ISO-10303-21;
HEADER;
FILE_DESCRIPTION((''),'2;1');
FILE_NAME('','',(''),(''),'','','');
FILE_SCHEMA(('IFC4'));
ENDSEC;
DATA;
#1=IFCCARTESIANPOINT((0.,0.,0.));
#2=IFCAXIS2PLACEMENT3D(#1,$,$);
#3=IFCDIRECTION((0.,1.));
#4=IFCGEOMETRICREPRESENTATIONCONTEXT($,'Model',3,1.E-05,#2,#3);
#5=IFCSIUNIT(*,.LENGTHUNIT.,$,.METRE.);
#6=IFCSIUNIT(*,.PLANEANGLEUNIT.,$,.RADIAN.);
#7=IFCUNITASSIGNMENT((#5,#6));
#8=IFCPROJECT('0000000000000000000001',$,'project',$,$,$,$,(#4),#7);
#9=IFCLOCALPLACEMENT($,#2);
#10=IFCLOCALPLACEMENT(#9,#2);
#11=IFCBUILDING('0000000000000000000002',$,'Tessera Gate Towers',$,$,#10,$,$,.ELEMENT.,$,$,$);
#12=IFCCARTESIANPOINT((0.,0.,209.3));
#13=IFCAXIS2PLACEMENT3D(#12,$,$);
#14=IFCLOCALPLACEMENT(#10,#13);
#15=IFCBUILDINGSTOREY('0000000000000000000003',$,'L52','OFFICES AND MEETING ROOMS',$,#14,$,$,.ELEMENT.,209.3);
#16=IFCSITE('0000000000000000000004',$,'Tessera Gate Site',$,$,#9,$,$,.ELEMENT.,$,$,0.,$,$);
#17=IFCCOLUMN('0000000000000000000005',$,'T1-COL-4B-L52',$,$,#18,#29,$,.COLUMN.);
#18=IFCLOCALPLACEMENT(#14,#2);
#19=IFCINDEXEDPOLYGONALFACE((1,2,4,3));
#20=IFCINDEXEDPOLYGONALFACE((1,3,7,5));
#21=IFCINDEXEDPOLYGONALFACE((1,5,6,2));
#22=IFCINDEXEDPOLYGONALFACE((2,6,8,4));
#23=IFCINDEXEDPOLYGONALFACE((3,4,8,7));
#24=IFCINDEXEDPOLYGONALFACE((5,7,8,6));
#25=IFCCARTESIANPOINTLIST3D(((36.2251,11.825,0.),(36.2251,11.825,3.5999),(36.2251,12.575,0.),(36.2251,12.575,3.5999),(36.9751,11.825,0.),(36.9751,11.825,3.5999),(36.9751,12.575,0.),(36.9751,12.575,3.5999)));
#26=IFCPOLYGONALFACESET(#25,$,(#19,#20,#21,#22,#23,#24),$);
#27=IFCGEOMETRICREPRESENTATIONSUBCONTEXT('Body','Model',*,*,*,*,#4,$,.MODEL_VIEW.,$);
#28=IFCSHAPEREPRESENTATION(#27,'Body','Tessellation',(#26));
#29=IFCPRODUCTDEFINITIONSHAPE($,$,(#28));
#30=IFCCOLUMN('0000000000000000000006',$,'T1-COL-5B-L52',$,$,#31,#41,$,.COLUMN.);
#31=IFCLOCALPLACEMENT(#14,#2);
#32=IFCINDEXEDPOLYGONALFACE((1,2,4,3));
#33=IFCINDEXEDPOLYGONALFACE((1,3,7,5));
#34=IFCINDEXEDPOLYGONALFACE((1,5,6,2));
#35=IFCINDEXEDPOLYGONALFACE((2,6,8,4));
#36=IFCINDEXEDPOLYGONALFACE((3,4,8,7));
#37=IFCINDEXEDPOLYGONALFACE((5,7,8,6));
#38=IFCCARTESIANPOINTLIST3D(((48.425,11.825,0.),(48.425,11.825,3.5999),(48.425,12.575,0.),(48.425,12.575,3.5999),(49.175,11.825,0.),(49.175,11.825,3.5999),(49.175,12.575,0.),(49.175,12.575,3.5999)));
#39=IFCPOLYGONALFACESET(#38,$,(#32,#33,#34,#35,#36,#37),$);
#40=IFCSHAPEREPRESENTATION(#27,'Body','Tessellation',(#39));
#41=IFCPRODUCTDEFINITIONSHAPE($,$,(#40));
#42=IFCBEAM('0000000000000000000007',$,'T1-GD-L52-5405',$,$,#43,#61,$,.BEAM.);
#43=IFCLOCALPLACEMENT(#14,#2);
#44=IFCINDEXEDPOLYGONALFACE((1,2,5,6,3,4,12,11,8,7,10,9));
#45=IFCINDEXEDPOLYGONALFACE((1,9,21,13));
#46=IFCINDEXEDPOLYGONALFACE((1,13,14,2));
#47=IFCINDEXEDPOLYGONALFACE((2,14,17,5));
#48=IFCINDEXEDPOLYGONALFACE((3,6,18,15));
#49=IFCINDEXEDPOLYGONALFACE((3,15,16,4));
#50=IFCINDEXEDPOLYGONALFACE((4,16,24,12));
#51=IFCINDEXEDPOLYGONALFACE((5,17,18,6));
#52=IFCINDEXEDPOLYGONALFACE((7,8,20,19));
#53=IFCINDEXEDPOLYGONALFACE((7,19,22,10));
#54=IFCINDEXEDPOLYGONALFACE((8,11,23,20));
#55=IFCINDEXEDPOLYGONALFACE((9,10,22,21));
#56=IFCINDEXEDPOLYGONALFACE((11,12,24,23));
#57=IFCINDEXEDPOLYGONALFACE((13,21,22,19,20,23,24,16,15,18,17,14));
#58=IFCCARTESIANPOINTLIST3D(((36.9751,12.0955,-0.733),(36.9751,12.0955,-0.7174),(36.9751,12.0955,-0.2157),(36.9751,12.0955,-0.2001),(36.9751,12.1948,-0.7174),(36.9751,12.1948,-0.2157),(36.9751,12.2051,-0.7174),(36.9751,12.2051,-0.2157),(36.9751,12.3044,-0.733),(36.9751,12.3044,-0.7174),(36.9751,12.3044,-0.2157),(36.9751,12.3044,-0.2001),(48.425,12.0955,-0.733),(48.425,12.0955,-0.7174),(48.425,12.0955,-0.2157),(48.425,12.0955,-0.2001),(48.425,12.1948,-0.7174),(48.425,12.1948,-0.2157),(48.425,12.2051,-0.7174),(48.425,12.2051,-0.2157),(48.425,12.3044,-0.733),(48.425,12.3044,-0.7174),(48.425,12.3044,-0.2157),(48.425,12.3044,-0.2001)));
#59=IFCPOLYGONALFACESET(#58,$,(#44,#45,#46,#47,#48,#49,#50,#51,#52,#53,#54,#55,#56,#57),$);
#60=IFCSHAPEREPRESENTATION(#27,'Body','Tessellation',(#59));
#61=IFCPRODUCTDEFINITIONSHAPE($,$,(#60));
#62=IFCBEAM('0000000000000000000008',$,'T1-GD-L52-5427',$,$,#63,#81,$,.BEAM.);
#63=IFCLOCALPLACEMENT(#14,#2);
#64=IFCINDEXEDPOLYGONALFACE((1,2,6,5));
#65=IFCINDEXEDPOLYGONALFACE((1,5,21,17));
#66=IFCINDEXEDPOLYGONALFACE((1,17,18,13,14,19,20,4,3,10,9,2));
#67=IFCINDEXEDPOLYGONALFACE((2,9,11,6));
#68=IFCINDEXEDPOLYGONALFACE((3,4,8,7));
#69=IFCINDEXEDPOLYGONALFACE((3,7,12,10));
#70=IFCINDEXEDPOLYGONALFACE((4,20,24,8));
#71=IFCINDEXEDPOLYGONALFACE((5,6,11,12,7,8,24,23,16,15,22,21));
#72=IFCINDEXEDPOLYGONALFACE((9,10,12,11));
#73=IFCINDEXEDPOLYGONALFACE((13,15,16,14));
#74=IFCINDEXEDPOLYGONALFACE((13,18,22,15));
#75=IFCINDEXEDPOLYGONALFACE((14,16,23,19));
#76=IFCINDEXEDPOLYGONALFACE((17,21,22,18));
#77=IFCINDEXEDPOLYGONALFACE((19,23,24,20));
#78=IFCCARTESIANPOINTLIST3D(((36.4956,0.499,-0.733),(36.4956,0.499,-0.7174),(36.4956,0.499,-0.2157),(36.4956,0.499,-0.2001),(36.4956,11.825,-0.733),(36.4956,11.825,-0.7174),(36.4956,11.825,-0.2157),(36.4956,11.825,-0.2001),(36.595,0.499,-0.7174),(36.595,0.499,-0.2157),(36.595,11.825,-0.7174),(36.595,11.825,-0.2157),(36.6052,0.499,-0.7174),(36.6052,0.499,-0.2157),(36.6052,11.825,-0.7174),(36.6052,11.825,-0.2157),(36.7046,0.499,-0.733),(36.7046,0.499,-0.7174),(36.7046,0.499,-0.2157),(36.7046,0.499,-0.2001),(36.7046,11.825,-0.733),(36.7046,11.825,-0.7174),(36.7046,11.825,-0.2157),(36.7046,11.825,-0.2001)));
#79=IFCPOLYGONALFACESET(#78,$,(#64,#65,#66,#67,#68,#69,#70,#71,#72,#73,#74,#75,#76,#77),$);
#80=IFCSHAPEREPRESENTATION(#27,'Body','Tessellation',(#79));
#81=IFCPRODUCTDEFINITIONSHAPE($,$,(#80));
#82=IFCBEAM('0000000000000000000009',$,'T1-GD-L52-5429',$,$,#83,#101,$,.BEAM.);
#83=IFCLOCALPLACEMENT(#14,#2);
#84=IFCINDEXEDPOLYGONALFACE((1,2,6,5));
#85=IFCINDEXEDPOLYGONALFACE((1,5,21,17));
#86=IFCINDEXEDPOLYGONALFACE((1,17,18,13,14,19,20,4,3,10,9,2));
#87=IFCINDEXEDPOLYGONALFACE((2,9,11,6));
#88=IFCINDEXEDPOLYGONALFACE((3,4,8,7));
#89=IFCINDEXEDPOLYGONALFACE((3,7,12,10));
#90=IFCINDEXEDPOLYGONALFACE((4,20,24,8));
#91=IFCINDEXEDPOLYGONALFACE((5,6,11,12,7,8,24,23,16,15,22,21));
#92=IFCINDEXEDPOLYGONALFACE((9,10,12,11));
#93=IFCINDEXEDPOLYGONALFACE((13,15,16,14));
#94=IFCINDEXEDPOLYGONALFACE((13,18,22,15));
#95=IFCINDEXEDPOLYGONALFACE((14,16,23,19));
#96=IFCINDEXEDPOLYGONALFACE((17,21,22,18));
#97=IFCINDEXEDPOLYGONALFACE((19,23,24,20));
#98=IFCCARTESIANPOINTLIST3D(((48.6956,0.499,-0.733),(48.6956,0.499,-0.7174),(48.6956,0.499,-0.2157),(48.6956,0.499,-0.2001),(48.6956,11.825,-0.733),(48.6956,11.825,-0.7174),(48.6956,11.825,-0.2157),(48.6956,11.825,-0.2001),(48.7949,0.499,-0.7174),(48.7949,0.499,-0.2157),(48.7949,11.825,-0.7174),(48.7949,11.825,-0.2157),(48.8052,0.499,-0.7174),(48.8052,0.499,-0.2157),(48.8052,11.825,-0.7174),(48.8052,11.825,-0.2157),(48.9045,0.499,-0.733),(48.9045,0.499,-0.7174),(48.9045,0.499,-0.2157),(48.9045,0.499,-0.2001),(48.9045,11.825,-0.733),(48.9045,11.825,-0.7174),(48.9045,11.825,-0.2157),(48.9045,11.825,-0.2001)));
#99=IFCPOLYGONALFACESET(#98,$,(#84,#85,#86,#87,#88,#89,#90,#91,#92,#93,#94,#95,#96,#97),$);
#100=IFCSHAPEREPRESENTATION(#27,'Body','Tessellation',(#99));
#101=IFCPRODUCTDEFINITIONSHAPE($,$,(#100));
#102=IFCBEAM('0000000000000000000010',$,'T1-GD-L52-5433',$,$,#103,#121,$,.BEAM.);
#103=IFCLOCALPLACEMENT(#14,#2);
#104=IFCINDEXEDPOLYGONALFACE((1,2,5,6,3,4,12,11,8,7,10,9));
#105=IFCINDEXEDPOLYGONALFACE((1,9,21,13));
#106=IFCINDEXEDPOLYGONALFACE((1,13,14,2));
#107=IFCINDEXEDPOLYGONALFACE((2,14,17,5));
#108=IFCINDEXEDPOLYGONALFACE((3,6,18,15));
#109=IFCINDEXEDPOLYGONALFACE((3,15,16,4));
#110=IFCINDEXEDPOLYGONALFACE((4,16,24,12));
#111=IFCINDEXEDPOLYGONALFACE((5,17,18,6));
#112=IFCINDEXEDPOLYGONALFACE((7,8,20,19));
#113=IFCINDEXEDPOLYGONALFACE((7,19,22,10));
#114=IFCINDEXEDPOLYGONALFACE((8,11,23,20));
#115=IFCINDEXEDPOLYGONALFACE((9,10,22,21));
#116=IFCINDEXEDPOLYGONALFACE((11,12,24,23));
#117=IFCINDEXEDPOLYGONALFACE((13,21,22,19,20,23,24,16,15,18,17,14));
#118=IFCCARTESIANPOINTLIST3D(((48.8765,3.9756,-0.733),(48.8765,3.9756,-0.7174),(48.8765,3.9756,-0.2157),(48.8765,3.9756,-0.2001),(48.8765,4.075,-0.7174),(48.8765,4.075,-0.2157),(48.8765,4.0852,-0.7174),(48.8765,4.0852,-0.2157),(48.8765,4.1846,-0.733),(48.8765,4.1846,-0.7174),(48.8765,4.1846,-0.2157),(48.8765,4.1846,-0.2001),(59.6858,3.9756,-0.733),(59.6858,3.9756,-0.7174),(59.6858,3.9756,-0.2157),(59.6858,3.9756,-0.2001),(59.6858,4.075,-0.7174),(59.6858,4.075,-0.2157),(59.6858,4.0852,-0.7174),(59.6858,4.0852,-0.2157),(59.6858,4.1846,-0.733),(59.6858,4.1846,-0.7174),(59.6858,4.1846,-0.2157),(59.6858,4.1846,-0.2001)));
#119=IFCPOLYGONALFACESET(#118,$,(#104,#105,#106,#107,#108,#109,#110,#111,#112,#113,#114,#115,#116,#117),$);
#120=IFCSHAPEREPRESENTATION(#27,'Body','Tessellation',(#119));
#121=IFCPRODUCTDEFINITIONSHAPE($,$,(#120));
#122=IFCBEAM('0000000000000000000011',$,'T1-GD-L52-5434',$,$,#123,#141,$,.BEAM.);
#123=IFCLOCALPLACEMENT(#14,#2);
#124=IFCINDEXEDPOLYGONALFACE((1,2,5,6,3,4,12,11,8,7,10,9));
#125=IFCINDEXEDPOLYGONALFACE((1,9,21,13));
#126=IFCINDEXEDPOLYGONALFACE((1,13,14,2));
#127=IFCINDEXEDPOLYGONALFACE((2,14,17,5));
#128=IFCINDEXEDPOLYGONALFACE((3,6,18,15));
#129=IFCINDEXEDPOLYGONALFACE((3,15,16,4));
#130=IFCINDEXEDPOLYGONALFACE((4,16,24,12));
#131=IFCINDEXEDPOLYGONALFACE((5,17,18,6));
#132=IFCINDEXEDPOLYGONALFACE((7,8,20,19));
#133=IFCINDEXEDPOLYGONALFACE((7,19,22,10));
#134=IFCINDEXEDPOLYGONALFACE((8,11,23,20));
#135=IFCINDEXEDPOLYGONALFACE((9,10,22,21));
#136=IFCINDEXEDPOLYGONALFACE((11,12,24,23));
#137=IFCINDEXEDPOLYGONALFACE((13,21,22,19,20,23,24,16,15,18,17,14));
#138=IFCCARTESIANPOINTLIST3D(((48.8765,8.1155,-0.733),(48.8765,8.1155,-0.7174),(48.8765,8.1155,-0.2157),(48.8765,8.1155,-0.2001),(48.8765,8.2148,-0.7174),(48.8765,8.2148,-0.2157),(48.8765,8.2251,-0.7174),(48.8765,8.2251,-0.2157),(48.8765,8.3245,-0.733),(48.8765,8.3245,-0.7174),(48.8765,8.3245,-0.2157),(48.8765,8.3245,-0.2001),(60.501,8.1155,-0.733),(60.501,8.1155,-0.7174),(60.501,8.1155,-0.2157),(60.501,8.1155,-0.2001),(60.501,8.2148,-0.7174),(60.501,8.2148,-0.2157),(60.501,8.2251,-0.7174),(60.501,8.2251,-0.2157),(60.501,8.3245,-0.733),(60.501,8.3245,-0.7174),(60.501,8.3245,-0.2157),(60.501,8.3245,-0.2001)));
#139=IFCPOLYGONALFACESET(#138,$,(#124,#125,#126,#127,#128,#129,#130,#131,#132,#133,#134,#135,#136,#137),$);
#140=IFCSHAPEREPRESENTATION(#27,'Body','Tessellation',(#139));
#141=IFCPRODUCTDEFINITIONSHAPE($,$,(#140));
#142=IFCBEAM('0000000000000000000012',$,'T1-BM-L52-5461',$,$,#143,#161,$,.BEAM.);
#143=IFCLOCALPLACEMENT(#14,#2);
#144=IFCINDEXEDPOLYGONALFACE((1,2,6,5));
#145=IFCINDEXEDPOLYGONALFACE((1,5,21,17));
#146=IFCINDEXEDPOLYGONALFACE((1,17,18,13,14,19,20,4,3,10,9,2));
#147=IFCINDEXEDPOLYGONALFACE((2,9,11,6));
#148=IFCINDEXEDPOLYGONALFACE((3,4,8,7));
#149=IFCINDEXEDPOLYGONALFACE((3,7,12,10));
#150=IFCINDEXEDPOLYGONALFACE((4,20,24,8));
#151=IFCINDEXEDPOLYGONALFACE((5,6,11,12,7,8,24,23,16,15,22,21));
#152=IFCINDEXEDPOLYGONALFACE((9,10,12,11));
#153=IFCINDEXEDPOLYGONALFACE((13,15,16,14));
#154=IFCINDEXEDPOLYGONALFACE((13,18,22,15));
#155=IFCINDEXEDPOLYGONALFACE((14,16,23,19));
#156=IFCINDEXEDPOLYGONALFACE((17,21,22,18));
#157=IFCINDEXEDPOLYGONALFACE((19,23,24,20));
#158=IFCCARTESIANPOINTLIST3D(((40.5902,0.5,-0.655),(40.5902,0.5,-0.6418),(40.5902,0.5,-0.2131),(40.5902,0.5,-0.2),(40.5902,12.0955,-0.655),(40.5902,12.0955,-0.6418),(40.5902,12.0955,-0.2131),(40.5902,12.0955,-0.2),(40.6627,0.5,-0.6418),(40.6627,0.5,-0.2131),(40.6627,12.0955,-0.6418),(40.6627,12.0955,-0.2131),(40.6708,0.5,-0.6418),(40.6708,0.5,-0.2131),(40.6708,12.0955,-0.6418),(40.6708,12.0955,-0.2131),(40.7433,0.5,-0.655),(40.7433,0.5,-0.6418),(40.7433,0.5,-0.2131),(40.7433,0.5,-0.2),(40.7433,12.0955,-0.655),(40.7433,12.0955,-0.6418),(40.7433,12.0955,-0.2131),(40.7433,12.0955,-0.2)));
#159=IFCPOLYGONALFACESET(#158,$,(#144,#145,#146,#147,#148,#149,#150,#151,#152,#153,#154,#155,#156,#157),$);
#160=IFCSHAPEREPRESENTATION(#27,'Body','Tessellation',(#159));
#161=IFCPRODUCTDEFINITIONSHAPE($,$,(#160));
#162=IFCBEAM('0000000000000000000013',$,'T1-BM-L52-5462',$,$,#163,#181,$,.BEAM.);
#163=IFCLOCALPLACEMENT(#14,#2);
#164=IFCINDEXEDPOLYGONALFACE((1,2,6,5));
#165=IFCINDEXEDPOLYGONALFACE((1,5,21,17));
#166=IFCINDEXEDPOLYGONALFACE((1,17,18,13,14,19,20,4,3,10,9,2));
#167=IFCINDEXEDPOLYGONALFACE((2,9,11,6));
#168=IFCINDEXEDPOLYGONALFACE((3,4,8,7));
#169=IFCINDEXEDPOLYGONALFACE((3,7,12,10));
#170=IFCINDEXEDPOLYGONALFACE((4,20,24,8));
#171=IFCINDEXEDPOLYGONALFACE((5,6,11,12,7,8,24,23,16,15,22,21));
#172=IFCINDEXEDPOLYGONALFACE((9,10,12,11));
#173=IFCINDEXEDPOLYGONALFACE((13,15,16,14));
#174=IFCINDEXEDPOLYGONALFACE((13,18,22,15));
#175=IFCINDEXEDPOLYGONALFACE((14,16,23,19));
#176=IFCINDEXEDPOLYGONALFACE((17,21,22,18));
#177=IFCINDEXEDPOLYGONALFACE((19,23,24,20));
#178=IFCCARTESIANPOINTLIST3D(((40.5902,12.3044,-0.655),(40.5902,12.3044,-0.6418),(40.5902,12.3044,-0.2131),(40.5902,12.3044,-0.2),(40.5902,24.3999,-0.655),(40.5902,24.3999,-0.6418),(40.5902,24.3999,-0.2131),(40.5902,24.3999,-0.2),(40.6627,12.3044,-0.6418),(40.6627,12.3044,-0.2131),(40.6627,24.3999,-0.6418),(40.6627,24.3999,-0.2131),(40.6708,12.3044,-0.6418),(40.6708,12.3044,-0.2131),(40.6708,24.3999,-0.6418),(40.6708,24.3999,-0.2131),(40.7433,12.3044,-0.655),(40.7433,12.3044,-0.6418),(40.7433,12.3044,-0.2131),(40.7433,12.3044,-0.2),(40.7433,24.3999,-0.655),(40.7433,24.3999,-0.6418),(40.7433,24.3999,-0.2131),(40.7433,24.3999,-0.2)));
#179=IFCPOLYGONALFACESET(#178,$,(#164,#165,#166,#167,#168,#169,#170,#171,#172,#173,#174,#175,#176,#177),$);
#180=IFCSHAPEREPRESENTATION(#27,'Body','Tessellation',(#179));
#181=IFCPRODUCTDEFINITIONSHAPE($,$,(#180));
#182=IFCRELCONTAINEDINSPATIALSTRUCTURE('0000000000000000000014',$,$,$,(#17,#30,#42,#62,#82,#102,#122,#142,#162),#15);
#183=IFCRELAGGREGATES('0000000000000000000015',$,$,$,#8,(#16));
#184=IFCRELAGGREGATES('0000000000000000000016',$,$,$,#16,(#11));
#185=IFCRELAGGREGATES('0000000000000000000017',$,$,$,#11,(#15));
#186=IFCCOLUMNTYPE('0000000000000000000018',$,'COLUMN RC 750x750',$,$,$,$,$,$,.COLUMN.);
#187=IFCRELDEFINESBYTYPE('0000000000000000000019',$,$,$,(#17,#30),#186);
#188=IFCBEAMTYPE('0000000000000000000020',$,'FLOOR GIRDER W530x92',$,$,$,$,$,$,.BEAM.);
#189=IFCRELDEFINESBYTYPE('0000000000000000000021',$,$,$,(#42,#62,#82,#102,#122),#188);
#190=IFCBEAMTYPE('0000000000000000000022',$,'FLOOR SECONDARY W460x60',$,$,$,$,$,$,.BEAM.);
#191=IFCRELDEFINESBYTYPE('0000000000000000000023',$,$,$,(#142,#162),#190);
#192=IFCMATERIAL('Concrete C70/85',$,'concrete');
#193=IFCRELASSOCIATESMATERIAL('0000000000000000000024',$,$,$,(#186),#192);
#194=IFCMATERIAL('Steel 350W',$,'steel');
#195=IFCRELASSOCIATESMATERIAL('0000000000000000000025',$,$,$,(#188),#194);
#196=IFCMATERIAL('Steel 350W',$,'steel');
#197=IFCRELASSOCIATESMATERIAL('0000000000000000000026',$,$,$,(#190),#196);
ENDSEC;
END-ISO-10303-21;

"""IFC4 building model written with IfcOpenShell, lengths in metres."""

from ifc_helpers import new_model, si_unit, direction, frame, origin, origin_2d, place, context, subcontext, project, spatial, rectangle, i_section, extrude, material, material_profile, profile_set, type_object, element, save


model = new_model("IFC4")

# Units and contexts
model_context = context("Model", 3, precision=1e-05, world=origin(), true_north=direction((0.0, 1.0)))
body_context = subcontext(model_context, "Body", "Model", "MODEL_VIEW")
ifc_project = project(units=[si_unit("LENGTHUNIT", "METRE"), si_unit("PLANEANGLEUNIT", "RADIAN")], contexts=[model_context])

# Site, building, storey
site_placement = place(None, origin())
site = spatial("IfcSite", under=ifc_project, at=site_placement, Name="Tessera Gate Site", CompositionType="ELEMENT", RefElevation=0.0)
building_placement = place(site_placement, origin())
building = spatial("IfcBuilding", under=site, at=building_placement, Name="Tessera Gate Towers", CompositionType="ELEMENT")
storey_placement = place(building_placement, frame((0.0, 0.0, 209.3)))
storey = spatial("IfcBuildingStorey", under=building, at=storey_placement, Name="L52", Description="OFFICES AND MEETING ROOMS", CompositionType="ELEMENT", Elevation=209.3)

# Columns
ifc_material_1 = material(Name="Concrete C70/85", Category="concrete")
ifc_material_profile_1 = material_profile(ifc_material_1, rectangle(XDim=0.75, YDim=0.75, at=origin_2d()), Name="RC 750x750")
ifc_profile_set_1 = profile_set([ifc_material_profile_1], Name="Concrete C70/85")
column_type = type_object("IfcColumnType", Name="COLUMN RC 750x750", PredefinedType="COLUMN", material=ifc_profile_set_1)
for number, where, z_axis, x_axis, name in (
    (1, (36.6001, 12.2, 0.0), (0.0, 0.0, 1.0), (1.0, 0.0, 0.0), "T1-COL-4B-L52"),
    (2, (48.8, 12.2, 0.0), (0.0, 0.0, 1.0), (1.0, 0.0, 0.0), "T1-COL-5B-L52"),
):
    element("IfcColumn", number, at=place(storey_placement, frame(where, z_axis=z_axis, x_axis=x_axis)), inside=storey, type_object=column_type, Name=name, PredefinedType="COLUMN", context=body_context, shape_type="SweptSolid", body=[
        extrude(rectangle(XDim=0.75, YDim=0.75, at=origin_2d()), origin(), (0.0, 0.0, 1.0), 3.5999),
    ])

# Beams
ifc_material_2 = material(Name="Steel 350W", Category="steel")
ifc_material_profile_2 = material_profile(ifc_material_2, i_section(OverallWidth=0.209, OverallDepth=0.533, WebThickness=0.0103, FlangeThickness=0.0156, at=origin_2d()), Name="W530x92")
ifc_profile_set_2 = profile_set([ifc_material_profile_2], Name="Steel 350W")
beam_type_1 = type_object("IfcBeamType", Name="FLOOR GIRDER W530x92", PredefinedType="BEAM", material=ifc_profile_set_2)
beam_1_placement = place(storey_placement, frame((36.9751, 12.2, -0.4666), z_axis=(1.0, 0.0, 0.0), x_axis=(0.0, 1.0, 0.0)))
element("IfcBeam", 3, at=beam_1_placement, inside=storey, type_object=beam_type_1, Name="T1-GD-L52-5405", PredefinedType="BEAM", context=body_context, shape_type="SweptSolid", body=[
    extrude(i_section(OverallWidth=0.209, OverallDepth=0.533, WebThickness=0.0103, FlangeThickness=0.0156, at=origin_2d()), origin(), (0.0, 0.0, 1.0), 11.45),
])
for number, where, z_axis, x_axis, name in (
    (4, (36.6001, 0.499, -0.4666), (0.0, 1.0, 0.0), (-1.0, 0.0, 0.0), "T1-GD-L52-5427"),
    (5, (48.8, 0.499, -0.4666), (0.0, 1.0, 0.0), (-1.0, 0.0, 0.0), "T1-GD-L52-5429"),
):
    element("IfcBeam", number, at=place(storey_placement, frame(where, z_axis=z_axis, x_axis=x_axis)), inside=storey, type_object=beam_type_1, Name=name, PredefinedType="BEAM", context=body_context, shape_type="SweptSolid", body=[
        extrude(i_section(OverallWidth=0.209, OverallDepth=0.533, WebThickness=0.0103, FlangeThickness=0.0156, at=origin_2d()), origin(), (0.0, 0.0, 1.0), 11.3259),
    ])
beam_2_placement = place(storey_placement, frame((48.8765, 4.0801, -0.4666), z_axis=(1.0, 0.0, 0.0), x_axis=(0.0, 1.0, 0.0)))
element("IfcBeam", 6, at=beam_2_placement, inside=storey, type_object=beam_type_1, Name="T1-GD-L52-5433", PredefinedType="BEAM", context=body_context, shape_type="SweptSolid", body=[
    extrude(i_section(OverallWidth=0.209, OverallDepth=0.533, WebThickness=0.0103, FlangeThickness=0.0156, at=origin_2d()), origin(), (0.0, 0.0, 1.0), 10.8093),
])
beam_3_placement = place(storey_placement, frame((48.8765, 8.22, -0.4666), z_axis=(1.0, 0.0, 0.0), x_axis=(0.0, 1.0, 0.0)))
element("IfcBeam", 7, at=beam_3_placement, inside=storey, type_object=beam_type_1, Name="T1-GD-L52-5434", PredefinedType="BEAM", context=body_context, shape_type="SweptSolid", body=[
    extrude(i_section(OverallWidth=0.209, OverallDepth=0.533, WebThickness=0.0103, FlangeThickness=0.0156, at=origin_2d()), origin(), (0.0, 0.0, 1.0), 11.6245),
])
ifc_material_3 = material(Name="Steel 350W", Category="steel")
ifc_material_profile_3 = material_profile(ifc_material_3, i_section(OverallWidth=0.1531, OverallDepth=0.4551, WebThickness=0.0081, FlangeThickness=0.0132, at=origin_2d()), Name="W460x60")
ifc_profile_set_3 = profile_set([ifc_material_profile_3], Name="Steel 350W")
beam_type_2 = type_object("IfcBeamType", Name="FLOOR SECONDARY W460x60", PredefinedType="BEAM", material=ifc_profile_set_3)
beam_4_placement = place(storey_placement, frame((40.6667, 0.5, -0.4275), z_axis=(0.0, 1.0, 0.0), x_axis=(-1.0, 0.0, 0.0)))
element("IfcBeam", 8, at=beam_4_placement, inside=storey, type_object=beam_type_2, Name="T1-BM-L52-5461", PredefinedType="BEAM", context=body_context, shape_type="SweptSolid", body=[
    extrude(i_section(OverallWidth=0.1531, OverallDepth=0.4551, WebThickness=0.0081, FlangeThickness=0.0132, at=origin_2d()), origin(), (0.0, 0.0, 1.0), 11.5955),
])
beam_5_placement = place(storey_placement, frame((40.6667, 12.3044, -0.4275), z_axis=(0.0, 1.0, 0.0), x_axis=(-1.0, 0.0, 0.0)))
element("IfcBeam", 9, at=beam_5_placement, inside=storey, type_object=beam_type_2, Name="T1-BM-L52-5462", PredefinedType="BEAM", context=body_context, shape_type="SweptSolid", body=[
    extrude(i_section(OverallWidth=0.1531, OverallDepth=0.4551, WebThickness=0.0081, FlangeThickness=0.0132, at=origin_2d()), origin(), (0.0, 0.0, 1.0), 12.0955),
])

save(model, "model.ifc")
